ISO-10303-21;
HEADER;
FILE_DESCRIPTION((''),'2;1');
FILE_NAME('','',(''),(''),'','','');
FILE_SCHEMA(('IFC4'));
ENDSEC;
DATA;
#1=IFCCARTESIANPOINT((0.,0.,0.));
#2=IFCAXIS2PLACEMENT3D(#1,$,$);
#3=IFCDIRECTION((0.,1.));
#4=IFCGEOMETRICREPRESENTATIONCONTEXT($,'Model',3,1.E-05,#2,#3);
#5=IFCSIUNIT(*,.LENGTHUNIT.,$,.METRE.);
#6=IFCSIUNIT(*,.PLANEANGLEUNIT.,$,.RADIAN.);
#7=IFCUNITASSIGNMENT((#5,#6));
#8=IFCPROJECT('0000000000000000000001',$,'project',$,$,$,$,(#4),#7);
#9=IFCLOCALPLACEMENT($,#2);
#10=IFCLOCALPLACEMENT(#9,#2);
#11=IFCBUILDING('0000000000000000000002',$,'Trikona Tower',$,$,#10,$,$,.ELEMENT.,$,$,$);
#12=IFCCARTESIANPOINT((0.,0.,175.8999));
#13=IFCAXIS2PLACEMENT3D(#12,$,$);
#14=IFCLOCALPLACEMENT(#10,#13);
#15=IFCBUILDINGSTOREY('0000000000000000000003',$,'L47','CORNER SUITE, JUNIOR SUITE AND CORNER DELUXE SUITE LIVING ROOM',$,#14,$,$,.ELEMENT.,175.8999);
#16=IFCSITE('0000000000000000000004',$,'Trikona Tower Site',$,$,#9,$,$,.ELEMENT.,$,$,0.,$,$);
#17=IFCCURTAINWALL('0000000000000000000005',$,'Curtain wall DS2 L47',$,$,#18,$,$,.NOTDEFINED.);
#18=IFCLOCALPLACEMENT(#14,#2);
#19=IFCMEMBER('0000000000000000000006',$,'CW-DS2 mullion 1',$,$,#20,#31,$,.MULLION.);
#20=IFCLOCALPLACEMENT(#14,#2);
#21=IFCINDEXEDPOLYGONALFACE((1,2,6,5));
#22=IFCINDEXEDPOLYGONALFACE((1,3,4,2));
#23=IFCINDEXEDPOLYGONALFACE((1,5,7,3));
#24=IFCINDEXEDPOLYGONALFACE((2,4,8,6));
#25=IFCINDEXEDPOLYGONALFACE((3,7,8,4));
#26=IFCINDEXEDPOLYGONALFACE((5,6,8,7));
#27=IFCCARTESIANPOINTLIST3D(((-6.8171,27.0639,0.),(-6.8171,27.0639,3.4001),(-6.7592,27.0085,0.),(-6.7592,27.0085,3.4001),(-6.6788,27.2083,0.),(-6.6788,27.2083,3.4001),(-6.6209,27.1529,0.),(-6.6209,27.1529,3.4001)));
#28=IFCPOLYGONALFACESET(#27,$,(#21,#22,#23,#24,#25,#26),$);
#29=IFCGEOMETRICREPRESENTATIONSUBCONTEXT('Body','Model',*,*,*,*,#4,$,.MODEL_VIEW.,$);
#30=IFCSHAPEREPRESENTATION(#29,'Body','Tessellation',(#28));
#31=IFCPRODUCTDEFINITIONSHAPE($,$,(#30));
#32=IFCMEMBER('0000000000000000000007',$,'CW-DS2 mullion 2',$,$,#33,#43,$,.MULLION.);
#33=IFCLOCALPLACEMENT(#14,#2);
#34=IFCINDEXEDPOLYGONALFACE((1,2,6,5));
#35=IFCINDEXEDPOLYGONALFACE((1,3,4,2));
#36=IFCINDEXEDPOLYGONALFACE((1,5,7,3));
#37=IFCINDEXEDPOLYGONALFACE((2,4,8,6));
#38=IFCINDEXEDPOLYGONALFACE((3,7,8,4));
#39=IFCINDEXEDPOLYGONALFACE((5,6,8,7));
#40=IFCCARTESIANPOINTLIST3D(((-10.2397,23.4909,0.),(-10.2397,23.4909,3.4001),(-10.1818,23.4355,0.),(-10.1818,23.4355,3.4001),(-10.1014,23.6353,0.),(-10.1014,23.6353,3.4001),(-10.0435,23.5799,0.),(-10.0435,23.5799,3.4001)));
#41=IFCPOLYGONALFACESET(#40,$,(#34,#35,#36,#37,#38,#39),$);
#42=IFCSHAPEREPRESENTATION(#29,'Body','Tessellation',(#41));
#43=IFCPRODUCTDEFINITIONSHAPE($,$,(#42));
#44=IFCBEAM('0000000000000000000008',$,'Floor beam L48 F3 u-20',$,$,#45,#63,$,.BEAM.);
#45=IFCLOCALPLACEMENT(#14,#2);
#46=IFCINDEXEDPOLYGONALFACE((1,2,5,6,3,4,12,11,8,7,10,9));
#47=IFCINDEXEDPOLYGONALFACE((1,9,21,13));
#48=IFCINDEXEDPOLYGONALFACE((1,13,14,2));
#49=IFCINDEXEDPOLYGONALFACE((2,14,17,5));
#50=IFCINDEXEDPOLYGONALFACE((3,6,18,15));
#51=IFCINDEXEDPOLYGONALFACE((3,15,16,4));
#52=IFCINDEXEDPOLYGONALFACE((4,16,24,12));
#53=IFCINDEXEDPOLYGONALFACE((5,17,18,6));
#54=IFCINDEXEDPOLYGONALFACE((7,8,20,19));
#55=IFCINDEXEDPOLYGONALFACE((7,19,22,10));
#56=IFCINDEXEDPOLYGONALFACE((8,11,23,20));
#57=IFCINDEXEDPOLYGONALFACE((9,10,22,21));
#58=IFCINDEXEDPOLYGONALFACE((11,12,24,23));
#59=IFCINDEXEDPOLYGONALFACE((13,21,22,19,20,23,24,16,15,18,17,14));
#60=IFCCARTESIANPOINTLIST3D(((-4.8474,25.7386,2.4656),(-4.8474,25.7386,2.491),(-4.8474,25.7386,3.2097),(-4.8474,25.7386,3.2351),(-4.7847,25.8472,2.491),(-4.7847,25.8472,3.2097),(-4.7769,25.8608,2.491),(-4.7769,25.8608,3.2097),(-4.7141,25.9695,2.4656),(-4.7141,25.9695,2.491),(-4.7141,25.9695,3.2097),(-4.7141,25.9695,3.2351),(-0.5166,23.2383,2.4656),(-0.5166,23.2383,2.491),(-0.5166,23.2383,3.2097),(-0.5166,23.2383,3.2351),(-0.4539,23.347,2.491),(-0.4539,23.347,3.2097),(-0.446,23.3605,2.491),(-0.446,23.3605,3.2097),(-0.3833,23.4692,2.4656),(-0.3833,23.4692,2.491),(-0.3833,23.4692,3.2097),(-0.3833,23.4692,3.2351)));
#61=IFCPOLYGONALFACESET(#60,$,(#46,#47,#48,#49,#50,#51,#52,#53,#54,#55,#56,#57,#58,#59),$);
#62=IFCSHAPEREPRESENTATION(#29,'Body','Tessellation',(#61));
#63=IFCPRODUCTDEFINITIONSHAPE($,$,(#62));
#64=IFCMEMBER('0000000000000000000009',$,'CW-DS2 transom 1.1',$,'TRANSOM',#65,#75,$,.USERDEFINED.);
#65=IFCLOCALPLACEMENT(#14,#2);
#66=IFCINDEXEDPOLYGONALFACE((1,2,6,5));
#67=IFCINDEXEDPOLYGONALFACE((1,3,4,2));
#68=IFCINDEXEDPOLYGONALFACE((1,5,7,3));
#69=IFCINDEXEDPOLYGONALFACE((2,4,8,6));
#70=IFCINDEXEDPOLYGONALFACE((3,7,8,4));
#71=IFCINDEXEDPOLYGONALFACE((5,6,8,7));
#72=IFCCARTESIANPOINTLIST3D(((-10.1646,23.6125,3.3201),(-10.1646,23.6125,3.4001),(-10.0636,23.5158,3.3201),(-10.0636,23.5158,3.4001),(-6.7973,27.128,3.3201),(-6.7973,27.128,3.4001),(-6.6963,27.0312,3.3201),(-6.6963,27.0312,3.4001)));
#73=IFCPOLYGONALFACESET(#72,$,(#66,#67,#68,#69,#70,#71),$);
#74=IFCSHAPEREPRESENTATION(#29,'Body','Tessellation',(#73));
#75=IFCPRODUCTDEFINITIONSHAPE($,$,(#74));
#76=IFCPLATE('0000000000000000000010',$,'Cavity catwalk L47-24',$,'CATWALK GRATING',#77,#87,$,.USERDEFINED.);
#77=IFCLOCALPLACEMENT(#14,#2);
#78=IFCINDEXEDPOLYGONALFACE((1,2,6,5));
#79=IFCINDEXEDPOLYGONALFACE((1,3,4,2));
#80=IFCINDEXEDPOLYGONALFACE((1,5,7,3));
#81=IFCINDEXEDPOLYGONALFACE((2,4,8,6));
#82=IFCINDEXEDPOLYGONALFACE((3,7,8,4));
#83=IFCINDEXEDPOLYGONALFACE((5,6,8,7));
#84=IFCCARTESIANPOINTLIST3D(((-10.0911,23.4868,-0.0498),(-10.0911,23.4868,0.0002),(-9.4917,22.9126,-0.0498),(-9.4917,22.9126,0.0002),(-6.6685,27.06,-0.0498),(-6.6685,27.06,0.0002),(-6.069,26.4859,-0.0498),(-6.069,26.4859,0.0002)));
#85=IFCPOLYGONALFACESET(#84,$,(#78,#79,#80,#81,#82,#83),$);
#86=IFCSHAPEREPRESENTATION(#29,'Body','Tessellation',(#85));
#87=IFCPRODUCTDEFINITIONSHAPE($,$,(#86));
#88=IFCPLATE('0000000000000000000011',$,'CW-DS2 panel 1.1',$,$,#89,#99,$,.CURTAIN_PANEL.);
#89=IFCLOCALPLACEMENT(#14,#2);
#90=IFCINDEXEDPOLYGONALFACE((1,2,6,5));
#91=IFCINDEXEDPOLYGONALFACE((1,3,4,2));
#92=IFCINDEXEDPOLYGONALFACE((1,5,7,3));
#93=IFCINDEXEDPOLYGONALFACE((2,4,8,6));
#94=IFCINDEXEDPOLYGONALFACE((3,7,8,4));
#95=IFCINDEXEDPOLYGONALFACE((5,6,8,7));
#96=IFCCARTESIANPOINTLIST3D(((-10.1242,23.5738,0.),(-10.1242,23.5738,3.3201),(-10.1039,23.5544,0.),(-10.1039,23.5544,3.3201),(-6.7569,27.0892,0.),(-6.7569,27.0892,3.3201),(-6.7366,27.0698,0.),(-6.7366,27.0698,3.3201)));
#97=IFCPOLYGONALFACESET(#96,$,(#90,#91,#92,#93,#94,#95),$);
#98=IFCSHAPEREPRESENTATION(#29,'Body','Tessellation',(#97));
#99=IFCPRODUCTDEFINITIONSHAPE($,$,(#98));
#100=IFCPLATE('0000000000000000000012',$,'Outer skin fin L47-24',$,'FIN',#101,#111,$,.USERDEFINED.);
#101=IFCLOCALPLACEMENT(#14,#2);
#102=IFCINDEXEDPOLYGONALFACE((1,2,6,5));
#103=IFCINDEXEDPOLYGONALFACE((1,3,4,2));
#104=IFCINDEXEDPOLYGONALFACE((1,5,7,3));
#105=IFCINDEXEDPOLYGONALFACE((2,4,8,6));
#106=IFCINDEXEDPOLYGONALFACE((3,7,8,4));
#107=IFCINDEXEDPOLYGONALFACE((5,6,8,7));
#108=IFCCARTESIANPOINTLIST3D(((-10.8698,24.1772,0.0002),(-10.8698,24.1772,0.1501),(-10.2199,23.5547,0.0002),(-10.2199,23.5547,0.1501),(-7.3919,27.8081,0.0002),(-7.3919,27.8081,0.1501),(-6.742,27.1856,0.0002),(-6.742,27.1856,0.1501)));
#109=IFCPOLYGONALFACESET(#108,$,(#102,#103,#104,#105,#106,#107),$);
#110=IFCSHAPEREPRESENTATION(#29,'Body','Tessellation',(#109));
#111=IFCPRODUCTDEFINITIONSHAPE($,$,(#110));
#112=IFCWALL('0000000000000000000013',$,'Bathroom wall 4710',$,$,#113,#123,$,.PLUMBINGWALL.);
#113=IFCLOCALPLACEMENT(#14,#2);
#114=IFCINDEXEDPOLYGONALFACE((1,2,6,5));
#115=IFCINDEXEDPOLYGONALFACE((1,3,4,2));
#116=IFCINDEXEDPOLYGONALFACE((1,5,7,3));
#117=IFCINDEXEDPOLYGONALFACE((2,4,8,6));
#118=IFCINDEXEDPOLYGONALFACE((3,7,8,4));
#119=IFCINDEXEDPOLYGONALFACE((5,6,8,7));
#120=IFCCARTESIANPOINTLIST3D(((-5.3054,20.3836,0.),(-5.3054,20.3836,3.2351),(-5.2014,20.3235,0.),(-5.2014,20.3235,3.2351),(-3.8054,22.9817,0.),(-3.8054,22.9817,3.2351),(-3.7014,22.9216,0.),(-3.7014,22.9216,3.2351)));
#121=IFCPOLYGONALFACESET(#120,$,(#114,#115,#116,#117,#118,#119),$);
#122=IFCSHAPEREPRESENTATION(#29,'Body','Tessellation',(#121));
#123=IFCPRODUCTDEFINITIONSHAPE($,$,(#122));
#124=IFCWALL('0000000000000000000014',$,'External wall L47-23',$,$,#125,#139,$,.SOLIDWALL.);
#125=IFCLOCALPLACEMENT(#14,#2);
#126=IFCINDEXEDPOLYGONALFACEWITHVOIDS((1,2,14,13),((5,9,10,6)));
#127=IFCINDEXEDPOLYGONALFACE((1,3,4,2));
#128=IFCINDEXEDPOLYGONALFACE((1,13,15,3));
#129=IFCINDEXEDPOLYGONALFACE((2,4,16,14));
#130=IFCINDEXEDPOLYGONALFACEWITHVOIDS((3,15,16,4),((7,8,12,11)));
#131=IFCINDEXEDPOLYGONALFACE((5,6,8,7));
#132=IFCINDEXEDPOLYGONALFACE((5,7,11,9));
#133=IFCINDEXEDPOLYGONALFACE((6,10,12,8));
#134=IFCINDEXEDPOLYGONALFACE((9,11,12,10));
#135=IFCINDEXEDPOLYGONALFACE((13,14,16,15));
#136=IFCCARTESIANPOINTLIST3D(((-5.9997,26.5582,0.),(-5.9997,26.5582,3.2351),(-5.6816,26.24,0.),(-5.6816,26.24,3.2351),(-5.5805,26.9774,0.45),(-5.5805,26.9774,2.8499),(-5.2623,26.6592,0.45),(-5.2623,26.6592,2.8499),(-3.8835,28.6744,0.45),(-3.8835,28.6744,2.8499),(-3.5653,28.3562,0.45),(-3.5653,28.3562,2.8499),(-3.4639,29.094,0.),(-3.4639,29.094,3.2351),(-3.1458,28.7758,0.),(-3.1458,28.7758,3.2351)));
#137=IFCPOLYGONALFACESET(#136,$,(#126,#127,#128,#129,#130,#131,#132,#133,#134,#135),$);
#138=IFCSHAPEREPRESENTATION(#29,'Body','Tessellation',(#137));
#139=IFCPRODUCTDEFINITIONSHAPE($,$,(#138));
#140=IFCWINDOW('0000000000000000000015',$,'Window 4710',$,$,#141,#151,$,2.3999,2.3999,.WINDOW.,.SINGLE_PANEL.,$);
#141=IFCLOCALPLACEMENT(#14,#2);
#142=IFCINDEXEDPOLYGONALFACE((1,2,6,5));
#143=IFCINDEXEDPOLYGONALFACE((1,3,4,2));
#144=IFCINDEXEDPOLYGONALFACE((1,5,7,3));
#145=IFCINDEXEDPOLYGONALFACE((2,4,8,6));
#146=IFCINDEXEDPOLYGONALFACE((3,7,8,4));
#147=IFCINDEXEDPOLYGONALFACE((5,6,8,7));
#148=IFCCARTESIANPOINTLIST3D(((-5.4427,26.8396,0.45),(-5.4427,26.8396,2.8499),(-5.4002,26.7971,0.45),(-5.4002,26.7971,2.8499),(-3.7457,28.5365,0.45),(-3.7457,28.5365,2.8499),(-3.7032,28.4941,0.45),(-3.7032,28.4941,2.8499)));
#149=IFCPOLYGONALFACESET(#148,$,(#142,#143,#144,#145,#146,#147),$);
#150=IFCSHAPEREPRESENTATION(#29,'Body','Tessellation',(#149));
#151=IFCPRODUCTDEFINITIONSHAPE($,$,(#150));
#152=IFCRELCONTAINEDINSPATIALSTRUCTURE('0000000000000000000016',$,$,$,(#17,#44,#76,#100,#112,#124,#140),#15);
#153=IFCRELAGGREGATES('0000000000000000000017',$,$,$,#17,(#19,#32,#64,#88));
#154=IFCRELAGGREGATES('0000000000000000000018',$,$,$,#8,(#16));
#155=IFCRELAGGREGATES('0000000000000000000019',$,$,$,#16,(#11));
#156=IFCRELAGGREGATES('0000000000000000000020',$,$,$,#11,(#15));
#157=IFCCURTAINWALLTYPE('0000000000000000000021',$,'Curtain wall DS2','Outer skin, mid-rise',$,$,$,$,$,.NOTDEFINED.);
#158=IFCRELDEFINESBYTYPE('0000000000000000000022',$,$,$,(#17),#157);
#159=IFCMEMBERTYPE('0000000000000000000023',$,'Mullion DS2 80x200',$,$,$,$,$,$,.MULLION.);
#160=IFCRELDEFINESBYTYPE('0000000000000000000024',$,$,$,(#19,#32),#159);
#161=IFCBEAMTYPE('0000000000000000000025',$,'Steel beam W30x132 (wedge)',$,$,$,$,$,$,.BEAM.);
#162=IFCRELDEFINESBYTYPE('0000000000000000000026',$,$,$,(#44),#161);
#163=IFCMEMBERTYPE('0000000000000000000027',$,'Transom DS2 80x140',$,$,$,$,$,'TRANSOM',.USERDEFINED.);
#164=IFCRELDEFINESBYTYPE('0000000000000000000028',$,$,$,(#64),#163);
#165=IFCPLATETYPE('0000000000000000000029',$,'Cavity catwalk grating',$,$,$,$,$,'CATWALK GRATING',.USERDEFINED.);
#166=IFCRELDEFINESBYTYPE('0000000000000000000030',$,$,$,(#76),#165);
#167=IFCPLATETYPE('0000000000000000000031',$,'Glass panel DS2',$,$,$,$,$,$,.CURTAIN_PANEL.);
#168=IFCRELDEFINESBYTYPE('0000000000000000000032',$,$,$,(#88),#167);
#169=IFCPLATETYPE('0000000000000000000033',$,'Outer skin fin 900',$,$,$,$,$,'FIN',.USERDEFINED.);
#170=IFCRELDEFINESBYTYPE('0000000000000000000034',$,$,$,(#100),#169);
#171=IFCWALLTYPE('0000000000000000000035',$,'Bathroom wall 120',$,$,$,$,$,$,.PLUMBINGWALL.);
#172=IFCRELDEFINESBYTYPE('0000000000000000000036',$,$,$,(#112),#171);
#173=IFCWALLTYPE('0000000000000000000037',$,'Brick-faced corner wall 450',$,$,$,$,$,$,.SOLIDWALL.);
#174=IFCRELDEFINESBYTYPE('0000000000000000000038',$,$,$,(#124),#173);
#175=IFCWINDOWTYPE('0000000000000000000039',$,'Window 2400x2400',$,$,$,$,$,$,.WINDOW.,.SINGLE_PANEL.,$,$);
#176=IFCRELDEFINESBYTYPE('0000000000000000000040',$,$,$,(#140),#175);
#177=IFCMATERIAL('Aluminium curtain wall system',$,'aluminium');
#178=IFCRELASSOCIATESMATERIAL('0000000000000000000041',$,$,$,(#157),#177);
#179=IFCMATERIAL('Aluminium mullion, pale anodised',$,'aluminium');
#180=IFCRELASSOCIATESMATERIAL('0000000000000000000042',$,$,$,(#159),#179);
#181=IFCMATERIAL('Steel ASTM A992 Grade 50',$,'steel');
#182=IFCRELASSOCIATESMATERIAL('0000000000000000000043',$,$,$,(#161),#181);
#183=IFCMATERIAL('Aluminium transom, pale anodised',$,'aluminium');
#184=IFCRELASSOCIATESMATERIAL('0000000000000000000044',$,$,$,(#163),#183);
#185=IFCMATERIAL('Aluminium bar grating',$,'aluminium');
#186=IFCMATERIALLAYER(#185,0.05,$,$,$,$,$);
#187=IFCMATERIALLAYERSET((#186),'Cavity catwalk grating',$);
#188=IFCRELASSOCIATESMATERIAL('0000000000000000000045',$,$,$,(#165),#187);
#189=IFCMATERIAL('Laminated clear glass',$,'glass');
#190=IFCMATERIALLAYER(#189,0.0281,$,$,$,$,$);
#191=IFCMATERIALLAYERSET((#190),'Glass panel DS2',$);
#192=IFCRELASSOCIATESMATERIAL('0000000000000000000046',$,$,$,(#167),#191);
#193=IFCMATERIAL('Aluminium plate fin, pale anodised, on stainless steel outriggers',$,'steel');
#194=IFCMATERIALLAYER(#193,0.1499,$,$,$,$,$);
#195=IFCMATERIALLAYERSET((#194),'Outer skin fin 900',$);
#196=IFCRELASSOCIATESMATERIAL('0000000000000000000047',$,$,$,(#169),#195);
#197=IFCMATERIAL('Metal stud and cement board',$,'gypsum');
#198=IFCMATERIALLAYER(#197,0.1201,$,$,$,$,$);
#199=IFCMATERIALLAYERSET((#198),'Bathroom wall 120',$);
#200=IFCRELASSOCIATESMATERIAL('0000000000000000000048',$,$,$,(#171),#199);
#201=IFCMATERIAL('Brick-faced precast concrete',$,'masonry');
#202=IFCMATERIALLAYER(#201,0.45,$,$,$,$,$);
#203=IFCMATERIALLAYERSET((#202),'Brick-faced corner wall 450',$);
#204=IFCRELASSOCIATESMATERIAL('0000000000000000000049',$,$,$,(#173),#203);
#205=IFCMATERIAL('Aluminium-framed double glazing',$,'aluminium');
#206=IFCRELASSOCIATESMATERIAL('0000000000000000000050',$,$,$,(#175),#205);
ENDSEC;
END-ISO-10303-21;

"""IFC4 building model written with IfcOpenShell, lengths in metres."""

from ifc_helpers import new_model, si_unit, direction, frame, frame_2d, origin, origin_2d, place, context, subcontext, project, spatial, rectangle, i_section, extrude, material, layer, layer_set, material_profile, profile_set, type_object, element, fill, aggregate, save


model = new_model("IFC4")

# Units and contexts
model_context = context("Model", 3, precision=1e-05, world=origin(), true_north=direction((0.0, 1.0)))
body_context = subcontext(model_context, "Body", "Model", "MODEL_VIEW")
ifc_project = project(units=[si_unit("LENGTHUNIT", "METRE"), si_unit("PLANEANGLEUNIT", "RADIAN")], contexts=[model_context])

# Site, building, storey
site_placement = place(None, origin())
site = spatial("IfcSite", under=ifc_project, at=site_placement, Name="Trikona Tower Site", CompositionType="ELEMENT", RefElevation=0.0)
building_placement = place(site_placement, origin())
building = spatial("IfcBuilding", under=site, at=building_placement, Name="Trikona Tower", CompositionType="ELEMENT")
storey_placement = place(building_placement, frame((0.0, 0.0, 175.8999)))
storey = spatial("IfcBuildingStorey", under=building, at=storey_placement, Name="L47", Description="CORNER SUITE, JUNIOR SUITE AND CORNER DELUXE SUITE LIVING ROOM", CompositionType="ELEMENT", Elevation=175.8999)

# Curtain wall, members
ifc_material_1 = material(Name="Aluminium curtain wall system", Category="aluminium")
curtain_wall_type = type_object("IfcCurtainWallType", Name="Curtain wall DS2", Description="Outer skin, mid-rise", PredefinedType="NOTDEFINED", material=ifc_material_1)
curtain_wall_placement = place(storey_placement, origin())
curtain_wall = element("IfcCurtainWall", 1, at=curtain_wall_placement, inside=storey, type_object=curtain_wall_type, Name="Curtain wall DS2 L47", PredefinedType="NOTDEFINED")
ifc_material_2 = material(Name="Aluminium mullion, pale anodised", Category="aluminium")
ifc_material_profile_1 = material_profile(ifc_material_2, rectangle(XDim=0.0801, YDim=0.2, at=origin_2d()), Name="MUL-DS2")
ifc_profile_set_1 = profile_set([ifc_material_profile_1], Name="Aluminium mullion, pale anodised")
member_type_1 = type_object("IfcMemberType", Name="Mullion DS2 80x200", PredefinedType="MULLION", material=ifc_profile_set_1)
member_1_placement = place(storey_placement, frame((-6.719, 27.1084, 0.0), z_axis=(0.0, 0.0, 1.0), x_axis=(0.722158, -0.691728, 0.0)))
member_1 = element("IfcMember", 2, at=member_1_placement, type_object=member_type_1, Name="CW-DS2 mullion 1", PredefinedType="MULLION", context=body_context, shape_type="SweptSolid", body=[
    extrude(rectangle(XDim=0.0801, YDim=0.2, at=origin_2d()), origin(), (0.0, 0.0, 1.0), 3.4001),
])
member_2_placement = place(storey_placement, frame((-10.1416, 23.5354, 0.0), z_axis=(0.0, 0.0, 1.0), x_axis=(0.722158, -0.691728, 0.0)))
member_2 = element("IfcMember", 3, at=member_2_placement, type_object=member_type_1, Name="CW-DS2 mullion 2", PredefinedType="MULLION", context=body_context, shape_type="SweptSolid", body=[
    extrude(rectangle(XDim=0.0801, YDim=0.2, at=origin_2d()), origin(), (0.0, 0.0, 1.0), 3.4001),
])

# Beam
ifc_material_3 = material(Name="Steel ASTM A992 Grade 50", Category="steel")
ifc_material_profile_2 = material_profile(ifc_material_3, i_section(OverallWidth=0.2666, OverallDepth=0.7695, WebThickness=0.0156, FlangeThickness=0.0254, at=origin_2d()), Name="W30X132")
ifc_profile_set_2 = profile_set([ifc_material_profile_2], Name="Steel ASTM A992 Grade 50")
beam_type = type_object("IfcBeamType", Name="Steel beam W30x132 (wedge)", PredefinedType="BEAM", material=ifc_profile_set_2)
beam_placement = place(storey_placement, frame((-0.45, 23.3538, 2.8503), z_axis=(-0.866038, 0.499977, 0.0), x_axis=(-0.499977, -0.866038, 0.0)))
element("IfcBeam", 4, at=beam_placement, inside=storey, type_object=beam_type, Name="Floor beam L48 F3 u-20", PredefinedType="BEAM", context=body_context, shape_type="SweptSolid", body=[
    extrude(i_section(OverallWidth=0.2666, OverallDepth=0.7695, WebThickness=0.0156, FlangeThickness=0.0254, at=origin_2d()), origin(), (0.0, 0.0, 1.0), 5.0007),
])

# Member
ifc_material_4 = material(Name="Aluminium transom, pale anodised", Category="aluminium")
ifc_material_profile_3 = material_profile(ifc_material_4, rectangle(XDim=0.1399, YDim=0.0801, at=origin_2d()), Name="TRN-DS2")
ifc_profile_set_3 = profile_set([ifc_material_profile_3], Name="Aluminium transom, pale anodised")
member_type_2 = type_object("IfcMemberType", Name="Transom DS2 80x140", ElementType="TRANSOM", PredefinedType="USERDEFINED", material=ifc_profile_set_3)
member_3_placement = place(storey_placement, frame((-6.7468, 27.0796, 3.3601), z_axis=(-0.691721, -0.722165, 0.0), x_axis=(0.722165, -0.691721, 0.0)))
member_3 = element("IfcMember", 5, at=member_3_placement, type_object=member_type_2, Name="CW-DS2 transom 1.1", ObjectType="TRANSOM", PredefinedType="USERDEFINED", context=body_context, shape_type="SweptSolid", body=[
    extrude(rectangle(XDim=0.1399, YDim=0.0801, at=origin_2d()), origin(), (0.0, 0.0, 1.0), 4.8679),
])

# Plates
ifc_material_5 = material(Name="Aluminium bar grating", Category="aluminium")
ifc_layer_1 = layer(ifc_material_5, 0.05)
ifc_layer_set_1 = layer_set([ifc_layer_1], Name="Cavity catwalk grating")
plate_type_1 = type_object("IfcPlateType", Name="Cavity catwalk grating", ElementType="CATWALK GRATING", PredefinedType="USERDEFINED", material=ifc_layer_set_1)
plate_1_placement = place(storey_placement, frame((-8.0801, 24.9863, -0.0498), z_axis=(0.0, 0.0, 1.0), x_axis=(-0.691724, -0.722162, 0.0)))
element("IfcPlate", 6, at=plate_1_placement, inside=storey, type_object=plate_type_1, Name="Cavity catwalk L47-24", ObjectType="CATWALK GRATING", PredefinedType="USERDEFINED", context=body_context, shape_type="SweptSolid", body=[
    extrude(rectangle(XDim=4.948, YDim=0.8301, at=origin_2d()), origin(), (0.0, 0.0, 1.0), 0.05),
])
ifc_material_6 = material(Name="Laminated clear glass", Category="glass")
ifc_layer_2 = layer(ifc_material_6, 0.0281)
ifc_layer_set_2 = layer_set([ifc_layer_2], Name="Glass panel DS2")
plate_type_2 = type_object("IfcPlateType", Name="Glass panel DS2", PredefinedType="CURTAIN_PANEL", material=ifc_layer_set_2)
plate_2_placement = place(storey_placement, frame((-8.4304, 25.3218, 0.0), z_axis=(0.0, 0.0, 1.0), x_axis=(-0.691728, -0.722158, 0.0)))
plate_2 = element("IfcPlate", 7, at=plate_2_placement, type_object=plate_type_2, Name="CW-DS2 panel 1.1", PredefinedType="CURTAIN_PANEL", context=body_context, shape_type="SweptSolid", body=[
    extrude(rectangle(XDim=4.8679, YDim=0.0281, at=origin_2d()), origin(), (0.0, 0.0, 1.0), 3.3201),
])
aggregate(curtain_wall, [member_1, member_2, member_3, plate_2])
ifc_material_7 = material(Name="Aluminium plate fin, pale anodised, on stainless steel outriggers", Category="steel")
ifc_layer_3 = layer(ifc_material_7, 0.1499)
ifc_layer_set_3 = layer_set([ifc_layer_3], Name="Outer skin fin 900")
plate_type_3 = type_object("IfcPlateType", Name="Outer skin fin 900", ElementType="FIN", PredefinedType="USERDEFINED", material=ifc_layer_set_3)
plate_3_placement = place(storey_placement, frame((-8.8059, 25.6814, 0.0002), z_axis=(0.0, 0.0, 1.0), x_axis=(-0.691724, -0.722162, 0.0)))
element("IfcPlate", 8, at=plate_3_placement, inside=storey, type_object=plate_type_3, Name="Outer skin fin L47-24", ObjectType="FIN", PredefinedType="USERDEFINED", context=body_context, shape_type="SweptSolid", body=[
    extrude(rectangle(XDim=5.0278, YDim=0.8999, at=origin_2d()), origin(), (0.0, 0.0, 1.0), 0.1499),
])

# Wall
ifc_material_8 = material(Name="Metal stud and cement board", Category="gypsum")
ifc_layer_4 = layer(ifc_material_8, 0.1201)
ifc_layer_set_4 = layer_set([ifc_layer_4], Name="Bathroom wall 120")
wall_type_1 = type_object("IfcWallType", Name="Bathroom wall 120", PredefinedType="PLUMBINGWALL", material=ifc_layer_set_4)
wall_1_placement = place(storey_placement, frame((-3.7534, 22.9517, 0.0), z_axis=(0.0, 0.0, 1.0), x_axis=(-0.49999, -0.866031, 0.0)))
element("IfcWall", 9, at=wall_1_placement, inside=storey, type_object=wall_type_1, Name="Bathroom wall 4710", PredefinedType="PLUMBINGWALL", context=body_context, shape_type="SweptSolid", body=[
    extrude(rectangle(XDim=3.0, YDim=0.1201, at=frame_2d((1.5, 0.0))), origin(), (0.0, 0.0, 1.0), 3.2351),
])

# Wall, opening, window
ifc_material_9 = material(Name="Brick-faced precast concrete", Category="masonry")
ifc_layer_5 = layer(ifc_material_9, 0.45)
ifc_layer_set_5 = layer_set([ifc_layer_5], Name="Brick-faced corner wall 450")
wall_type_2 = type_object("IfcWallType", Name="Brick-faced corner wall 450", PredefinedType="SOLIDWALL", material=ifc_layer_set_5)
wall_2_placement = place(storey_placement, frame((-3.3049, 28.9348, 0.0), z_axis=(0.0, 0.0, 1.0), x_axis=(-0.707107, -0.707107, 0.0)))
wall_2 = element("IfcWall", 10, at=wall_2_placement, inside=storey, type_object=wall_type_2, Name="External wall L47-23", PredefinedType="SOLIDWALL", context=body_context, shape_type="SweptSolid", body=[
    extrude(rectangle(XDim=3.5862, YDim=0.45, at=frame_2d((1.793, 0.0))), origin(), (0.0, 0.0, 1.0), 3.2351),
])
opening_1_placement = place(wall_2_placement, frame((0.5933, 0.0, 0.45)))
opening_1 = element("IfcOpeningElement", 11, at=opening_1_placement, cuts=wall_2, PredefinedType="OPENING", context=body_context, shape_type="SweptSolid", body=[
    extrude(rectangle(XDim=2.3999, YDim=2.3999, at=frame_2d((1.2, 1.2))), frame((0.0, 0.2349, 0.0), z_axis=(0.0, -1.0, 0.0), x_axis=(1.0, 0.0, 0.0)), (0.0, 0.0, 1.0), 0.47),
])
ifc_material_10 = material(Name="Aluminium-framed double glazing", Category="aluminium")
window_type_1 = type_object("IfcWindowType", Name="Window 2400x2400", PartitioningType="SINGLE_PANEL", PredefinedType="WINDOW", material=ifc_material_10)
window_1_placement = place(opening_1_placement, origin())
window_1 = element("IfcWindow", 12, at=window_1_placement, inside=storey, type_object=window_type_1, Name="Window 4710", OverallHeight=2.3999, OverallWidth=2.3999, PartitioningType="SINGLE_PANEL", PredefinedType="WINDOW", context=body_context, shape_type="SweptSolid", body=[
    extrude(rectangle(XDim=2.3999, YDim=2.3999, at=frame_2d((1.2, 1.2))), frame((0.0, 0.03, 0.0), z_axis=(0.0, -1.0, 0.0), x_axis=(1.0, 0.0, 0.0)), (0.0, 0.0, 1.0), 0.0601),
])
fill(opening_1, window_1)

save(model, "model.ifc")
